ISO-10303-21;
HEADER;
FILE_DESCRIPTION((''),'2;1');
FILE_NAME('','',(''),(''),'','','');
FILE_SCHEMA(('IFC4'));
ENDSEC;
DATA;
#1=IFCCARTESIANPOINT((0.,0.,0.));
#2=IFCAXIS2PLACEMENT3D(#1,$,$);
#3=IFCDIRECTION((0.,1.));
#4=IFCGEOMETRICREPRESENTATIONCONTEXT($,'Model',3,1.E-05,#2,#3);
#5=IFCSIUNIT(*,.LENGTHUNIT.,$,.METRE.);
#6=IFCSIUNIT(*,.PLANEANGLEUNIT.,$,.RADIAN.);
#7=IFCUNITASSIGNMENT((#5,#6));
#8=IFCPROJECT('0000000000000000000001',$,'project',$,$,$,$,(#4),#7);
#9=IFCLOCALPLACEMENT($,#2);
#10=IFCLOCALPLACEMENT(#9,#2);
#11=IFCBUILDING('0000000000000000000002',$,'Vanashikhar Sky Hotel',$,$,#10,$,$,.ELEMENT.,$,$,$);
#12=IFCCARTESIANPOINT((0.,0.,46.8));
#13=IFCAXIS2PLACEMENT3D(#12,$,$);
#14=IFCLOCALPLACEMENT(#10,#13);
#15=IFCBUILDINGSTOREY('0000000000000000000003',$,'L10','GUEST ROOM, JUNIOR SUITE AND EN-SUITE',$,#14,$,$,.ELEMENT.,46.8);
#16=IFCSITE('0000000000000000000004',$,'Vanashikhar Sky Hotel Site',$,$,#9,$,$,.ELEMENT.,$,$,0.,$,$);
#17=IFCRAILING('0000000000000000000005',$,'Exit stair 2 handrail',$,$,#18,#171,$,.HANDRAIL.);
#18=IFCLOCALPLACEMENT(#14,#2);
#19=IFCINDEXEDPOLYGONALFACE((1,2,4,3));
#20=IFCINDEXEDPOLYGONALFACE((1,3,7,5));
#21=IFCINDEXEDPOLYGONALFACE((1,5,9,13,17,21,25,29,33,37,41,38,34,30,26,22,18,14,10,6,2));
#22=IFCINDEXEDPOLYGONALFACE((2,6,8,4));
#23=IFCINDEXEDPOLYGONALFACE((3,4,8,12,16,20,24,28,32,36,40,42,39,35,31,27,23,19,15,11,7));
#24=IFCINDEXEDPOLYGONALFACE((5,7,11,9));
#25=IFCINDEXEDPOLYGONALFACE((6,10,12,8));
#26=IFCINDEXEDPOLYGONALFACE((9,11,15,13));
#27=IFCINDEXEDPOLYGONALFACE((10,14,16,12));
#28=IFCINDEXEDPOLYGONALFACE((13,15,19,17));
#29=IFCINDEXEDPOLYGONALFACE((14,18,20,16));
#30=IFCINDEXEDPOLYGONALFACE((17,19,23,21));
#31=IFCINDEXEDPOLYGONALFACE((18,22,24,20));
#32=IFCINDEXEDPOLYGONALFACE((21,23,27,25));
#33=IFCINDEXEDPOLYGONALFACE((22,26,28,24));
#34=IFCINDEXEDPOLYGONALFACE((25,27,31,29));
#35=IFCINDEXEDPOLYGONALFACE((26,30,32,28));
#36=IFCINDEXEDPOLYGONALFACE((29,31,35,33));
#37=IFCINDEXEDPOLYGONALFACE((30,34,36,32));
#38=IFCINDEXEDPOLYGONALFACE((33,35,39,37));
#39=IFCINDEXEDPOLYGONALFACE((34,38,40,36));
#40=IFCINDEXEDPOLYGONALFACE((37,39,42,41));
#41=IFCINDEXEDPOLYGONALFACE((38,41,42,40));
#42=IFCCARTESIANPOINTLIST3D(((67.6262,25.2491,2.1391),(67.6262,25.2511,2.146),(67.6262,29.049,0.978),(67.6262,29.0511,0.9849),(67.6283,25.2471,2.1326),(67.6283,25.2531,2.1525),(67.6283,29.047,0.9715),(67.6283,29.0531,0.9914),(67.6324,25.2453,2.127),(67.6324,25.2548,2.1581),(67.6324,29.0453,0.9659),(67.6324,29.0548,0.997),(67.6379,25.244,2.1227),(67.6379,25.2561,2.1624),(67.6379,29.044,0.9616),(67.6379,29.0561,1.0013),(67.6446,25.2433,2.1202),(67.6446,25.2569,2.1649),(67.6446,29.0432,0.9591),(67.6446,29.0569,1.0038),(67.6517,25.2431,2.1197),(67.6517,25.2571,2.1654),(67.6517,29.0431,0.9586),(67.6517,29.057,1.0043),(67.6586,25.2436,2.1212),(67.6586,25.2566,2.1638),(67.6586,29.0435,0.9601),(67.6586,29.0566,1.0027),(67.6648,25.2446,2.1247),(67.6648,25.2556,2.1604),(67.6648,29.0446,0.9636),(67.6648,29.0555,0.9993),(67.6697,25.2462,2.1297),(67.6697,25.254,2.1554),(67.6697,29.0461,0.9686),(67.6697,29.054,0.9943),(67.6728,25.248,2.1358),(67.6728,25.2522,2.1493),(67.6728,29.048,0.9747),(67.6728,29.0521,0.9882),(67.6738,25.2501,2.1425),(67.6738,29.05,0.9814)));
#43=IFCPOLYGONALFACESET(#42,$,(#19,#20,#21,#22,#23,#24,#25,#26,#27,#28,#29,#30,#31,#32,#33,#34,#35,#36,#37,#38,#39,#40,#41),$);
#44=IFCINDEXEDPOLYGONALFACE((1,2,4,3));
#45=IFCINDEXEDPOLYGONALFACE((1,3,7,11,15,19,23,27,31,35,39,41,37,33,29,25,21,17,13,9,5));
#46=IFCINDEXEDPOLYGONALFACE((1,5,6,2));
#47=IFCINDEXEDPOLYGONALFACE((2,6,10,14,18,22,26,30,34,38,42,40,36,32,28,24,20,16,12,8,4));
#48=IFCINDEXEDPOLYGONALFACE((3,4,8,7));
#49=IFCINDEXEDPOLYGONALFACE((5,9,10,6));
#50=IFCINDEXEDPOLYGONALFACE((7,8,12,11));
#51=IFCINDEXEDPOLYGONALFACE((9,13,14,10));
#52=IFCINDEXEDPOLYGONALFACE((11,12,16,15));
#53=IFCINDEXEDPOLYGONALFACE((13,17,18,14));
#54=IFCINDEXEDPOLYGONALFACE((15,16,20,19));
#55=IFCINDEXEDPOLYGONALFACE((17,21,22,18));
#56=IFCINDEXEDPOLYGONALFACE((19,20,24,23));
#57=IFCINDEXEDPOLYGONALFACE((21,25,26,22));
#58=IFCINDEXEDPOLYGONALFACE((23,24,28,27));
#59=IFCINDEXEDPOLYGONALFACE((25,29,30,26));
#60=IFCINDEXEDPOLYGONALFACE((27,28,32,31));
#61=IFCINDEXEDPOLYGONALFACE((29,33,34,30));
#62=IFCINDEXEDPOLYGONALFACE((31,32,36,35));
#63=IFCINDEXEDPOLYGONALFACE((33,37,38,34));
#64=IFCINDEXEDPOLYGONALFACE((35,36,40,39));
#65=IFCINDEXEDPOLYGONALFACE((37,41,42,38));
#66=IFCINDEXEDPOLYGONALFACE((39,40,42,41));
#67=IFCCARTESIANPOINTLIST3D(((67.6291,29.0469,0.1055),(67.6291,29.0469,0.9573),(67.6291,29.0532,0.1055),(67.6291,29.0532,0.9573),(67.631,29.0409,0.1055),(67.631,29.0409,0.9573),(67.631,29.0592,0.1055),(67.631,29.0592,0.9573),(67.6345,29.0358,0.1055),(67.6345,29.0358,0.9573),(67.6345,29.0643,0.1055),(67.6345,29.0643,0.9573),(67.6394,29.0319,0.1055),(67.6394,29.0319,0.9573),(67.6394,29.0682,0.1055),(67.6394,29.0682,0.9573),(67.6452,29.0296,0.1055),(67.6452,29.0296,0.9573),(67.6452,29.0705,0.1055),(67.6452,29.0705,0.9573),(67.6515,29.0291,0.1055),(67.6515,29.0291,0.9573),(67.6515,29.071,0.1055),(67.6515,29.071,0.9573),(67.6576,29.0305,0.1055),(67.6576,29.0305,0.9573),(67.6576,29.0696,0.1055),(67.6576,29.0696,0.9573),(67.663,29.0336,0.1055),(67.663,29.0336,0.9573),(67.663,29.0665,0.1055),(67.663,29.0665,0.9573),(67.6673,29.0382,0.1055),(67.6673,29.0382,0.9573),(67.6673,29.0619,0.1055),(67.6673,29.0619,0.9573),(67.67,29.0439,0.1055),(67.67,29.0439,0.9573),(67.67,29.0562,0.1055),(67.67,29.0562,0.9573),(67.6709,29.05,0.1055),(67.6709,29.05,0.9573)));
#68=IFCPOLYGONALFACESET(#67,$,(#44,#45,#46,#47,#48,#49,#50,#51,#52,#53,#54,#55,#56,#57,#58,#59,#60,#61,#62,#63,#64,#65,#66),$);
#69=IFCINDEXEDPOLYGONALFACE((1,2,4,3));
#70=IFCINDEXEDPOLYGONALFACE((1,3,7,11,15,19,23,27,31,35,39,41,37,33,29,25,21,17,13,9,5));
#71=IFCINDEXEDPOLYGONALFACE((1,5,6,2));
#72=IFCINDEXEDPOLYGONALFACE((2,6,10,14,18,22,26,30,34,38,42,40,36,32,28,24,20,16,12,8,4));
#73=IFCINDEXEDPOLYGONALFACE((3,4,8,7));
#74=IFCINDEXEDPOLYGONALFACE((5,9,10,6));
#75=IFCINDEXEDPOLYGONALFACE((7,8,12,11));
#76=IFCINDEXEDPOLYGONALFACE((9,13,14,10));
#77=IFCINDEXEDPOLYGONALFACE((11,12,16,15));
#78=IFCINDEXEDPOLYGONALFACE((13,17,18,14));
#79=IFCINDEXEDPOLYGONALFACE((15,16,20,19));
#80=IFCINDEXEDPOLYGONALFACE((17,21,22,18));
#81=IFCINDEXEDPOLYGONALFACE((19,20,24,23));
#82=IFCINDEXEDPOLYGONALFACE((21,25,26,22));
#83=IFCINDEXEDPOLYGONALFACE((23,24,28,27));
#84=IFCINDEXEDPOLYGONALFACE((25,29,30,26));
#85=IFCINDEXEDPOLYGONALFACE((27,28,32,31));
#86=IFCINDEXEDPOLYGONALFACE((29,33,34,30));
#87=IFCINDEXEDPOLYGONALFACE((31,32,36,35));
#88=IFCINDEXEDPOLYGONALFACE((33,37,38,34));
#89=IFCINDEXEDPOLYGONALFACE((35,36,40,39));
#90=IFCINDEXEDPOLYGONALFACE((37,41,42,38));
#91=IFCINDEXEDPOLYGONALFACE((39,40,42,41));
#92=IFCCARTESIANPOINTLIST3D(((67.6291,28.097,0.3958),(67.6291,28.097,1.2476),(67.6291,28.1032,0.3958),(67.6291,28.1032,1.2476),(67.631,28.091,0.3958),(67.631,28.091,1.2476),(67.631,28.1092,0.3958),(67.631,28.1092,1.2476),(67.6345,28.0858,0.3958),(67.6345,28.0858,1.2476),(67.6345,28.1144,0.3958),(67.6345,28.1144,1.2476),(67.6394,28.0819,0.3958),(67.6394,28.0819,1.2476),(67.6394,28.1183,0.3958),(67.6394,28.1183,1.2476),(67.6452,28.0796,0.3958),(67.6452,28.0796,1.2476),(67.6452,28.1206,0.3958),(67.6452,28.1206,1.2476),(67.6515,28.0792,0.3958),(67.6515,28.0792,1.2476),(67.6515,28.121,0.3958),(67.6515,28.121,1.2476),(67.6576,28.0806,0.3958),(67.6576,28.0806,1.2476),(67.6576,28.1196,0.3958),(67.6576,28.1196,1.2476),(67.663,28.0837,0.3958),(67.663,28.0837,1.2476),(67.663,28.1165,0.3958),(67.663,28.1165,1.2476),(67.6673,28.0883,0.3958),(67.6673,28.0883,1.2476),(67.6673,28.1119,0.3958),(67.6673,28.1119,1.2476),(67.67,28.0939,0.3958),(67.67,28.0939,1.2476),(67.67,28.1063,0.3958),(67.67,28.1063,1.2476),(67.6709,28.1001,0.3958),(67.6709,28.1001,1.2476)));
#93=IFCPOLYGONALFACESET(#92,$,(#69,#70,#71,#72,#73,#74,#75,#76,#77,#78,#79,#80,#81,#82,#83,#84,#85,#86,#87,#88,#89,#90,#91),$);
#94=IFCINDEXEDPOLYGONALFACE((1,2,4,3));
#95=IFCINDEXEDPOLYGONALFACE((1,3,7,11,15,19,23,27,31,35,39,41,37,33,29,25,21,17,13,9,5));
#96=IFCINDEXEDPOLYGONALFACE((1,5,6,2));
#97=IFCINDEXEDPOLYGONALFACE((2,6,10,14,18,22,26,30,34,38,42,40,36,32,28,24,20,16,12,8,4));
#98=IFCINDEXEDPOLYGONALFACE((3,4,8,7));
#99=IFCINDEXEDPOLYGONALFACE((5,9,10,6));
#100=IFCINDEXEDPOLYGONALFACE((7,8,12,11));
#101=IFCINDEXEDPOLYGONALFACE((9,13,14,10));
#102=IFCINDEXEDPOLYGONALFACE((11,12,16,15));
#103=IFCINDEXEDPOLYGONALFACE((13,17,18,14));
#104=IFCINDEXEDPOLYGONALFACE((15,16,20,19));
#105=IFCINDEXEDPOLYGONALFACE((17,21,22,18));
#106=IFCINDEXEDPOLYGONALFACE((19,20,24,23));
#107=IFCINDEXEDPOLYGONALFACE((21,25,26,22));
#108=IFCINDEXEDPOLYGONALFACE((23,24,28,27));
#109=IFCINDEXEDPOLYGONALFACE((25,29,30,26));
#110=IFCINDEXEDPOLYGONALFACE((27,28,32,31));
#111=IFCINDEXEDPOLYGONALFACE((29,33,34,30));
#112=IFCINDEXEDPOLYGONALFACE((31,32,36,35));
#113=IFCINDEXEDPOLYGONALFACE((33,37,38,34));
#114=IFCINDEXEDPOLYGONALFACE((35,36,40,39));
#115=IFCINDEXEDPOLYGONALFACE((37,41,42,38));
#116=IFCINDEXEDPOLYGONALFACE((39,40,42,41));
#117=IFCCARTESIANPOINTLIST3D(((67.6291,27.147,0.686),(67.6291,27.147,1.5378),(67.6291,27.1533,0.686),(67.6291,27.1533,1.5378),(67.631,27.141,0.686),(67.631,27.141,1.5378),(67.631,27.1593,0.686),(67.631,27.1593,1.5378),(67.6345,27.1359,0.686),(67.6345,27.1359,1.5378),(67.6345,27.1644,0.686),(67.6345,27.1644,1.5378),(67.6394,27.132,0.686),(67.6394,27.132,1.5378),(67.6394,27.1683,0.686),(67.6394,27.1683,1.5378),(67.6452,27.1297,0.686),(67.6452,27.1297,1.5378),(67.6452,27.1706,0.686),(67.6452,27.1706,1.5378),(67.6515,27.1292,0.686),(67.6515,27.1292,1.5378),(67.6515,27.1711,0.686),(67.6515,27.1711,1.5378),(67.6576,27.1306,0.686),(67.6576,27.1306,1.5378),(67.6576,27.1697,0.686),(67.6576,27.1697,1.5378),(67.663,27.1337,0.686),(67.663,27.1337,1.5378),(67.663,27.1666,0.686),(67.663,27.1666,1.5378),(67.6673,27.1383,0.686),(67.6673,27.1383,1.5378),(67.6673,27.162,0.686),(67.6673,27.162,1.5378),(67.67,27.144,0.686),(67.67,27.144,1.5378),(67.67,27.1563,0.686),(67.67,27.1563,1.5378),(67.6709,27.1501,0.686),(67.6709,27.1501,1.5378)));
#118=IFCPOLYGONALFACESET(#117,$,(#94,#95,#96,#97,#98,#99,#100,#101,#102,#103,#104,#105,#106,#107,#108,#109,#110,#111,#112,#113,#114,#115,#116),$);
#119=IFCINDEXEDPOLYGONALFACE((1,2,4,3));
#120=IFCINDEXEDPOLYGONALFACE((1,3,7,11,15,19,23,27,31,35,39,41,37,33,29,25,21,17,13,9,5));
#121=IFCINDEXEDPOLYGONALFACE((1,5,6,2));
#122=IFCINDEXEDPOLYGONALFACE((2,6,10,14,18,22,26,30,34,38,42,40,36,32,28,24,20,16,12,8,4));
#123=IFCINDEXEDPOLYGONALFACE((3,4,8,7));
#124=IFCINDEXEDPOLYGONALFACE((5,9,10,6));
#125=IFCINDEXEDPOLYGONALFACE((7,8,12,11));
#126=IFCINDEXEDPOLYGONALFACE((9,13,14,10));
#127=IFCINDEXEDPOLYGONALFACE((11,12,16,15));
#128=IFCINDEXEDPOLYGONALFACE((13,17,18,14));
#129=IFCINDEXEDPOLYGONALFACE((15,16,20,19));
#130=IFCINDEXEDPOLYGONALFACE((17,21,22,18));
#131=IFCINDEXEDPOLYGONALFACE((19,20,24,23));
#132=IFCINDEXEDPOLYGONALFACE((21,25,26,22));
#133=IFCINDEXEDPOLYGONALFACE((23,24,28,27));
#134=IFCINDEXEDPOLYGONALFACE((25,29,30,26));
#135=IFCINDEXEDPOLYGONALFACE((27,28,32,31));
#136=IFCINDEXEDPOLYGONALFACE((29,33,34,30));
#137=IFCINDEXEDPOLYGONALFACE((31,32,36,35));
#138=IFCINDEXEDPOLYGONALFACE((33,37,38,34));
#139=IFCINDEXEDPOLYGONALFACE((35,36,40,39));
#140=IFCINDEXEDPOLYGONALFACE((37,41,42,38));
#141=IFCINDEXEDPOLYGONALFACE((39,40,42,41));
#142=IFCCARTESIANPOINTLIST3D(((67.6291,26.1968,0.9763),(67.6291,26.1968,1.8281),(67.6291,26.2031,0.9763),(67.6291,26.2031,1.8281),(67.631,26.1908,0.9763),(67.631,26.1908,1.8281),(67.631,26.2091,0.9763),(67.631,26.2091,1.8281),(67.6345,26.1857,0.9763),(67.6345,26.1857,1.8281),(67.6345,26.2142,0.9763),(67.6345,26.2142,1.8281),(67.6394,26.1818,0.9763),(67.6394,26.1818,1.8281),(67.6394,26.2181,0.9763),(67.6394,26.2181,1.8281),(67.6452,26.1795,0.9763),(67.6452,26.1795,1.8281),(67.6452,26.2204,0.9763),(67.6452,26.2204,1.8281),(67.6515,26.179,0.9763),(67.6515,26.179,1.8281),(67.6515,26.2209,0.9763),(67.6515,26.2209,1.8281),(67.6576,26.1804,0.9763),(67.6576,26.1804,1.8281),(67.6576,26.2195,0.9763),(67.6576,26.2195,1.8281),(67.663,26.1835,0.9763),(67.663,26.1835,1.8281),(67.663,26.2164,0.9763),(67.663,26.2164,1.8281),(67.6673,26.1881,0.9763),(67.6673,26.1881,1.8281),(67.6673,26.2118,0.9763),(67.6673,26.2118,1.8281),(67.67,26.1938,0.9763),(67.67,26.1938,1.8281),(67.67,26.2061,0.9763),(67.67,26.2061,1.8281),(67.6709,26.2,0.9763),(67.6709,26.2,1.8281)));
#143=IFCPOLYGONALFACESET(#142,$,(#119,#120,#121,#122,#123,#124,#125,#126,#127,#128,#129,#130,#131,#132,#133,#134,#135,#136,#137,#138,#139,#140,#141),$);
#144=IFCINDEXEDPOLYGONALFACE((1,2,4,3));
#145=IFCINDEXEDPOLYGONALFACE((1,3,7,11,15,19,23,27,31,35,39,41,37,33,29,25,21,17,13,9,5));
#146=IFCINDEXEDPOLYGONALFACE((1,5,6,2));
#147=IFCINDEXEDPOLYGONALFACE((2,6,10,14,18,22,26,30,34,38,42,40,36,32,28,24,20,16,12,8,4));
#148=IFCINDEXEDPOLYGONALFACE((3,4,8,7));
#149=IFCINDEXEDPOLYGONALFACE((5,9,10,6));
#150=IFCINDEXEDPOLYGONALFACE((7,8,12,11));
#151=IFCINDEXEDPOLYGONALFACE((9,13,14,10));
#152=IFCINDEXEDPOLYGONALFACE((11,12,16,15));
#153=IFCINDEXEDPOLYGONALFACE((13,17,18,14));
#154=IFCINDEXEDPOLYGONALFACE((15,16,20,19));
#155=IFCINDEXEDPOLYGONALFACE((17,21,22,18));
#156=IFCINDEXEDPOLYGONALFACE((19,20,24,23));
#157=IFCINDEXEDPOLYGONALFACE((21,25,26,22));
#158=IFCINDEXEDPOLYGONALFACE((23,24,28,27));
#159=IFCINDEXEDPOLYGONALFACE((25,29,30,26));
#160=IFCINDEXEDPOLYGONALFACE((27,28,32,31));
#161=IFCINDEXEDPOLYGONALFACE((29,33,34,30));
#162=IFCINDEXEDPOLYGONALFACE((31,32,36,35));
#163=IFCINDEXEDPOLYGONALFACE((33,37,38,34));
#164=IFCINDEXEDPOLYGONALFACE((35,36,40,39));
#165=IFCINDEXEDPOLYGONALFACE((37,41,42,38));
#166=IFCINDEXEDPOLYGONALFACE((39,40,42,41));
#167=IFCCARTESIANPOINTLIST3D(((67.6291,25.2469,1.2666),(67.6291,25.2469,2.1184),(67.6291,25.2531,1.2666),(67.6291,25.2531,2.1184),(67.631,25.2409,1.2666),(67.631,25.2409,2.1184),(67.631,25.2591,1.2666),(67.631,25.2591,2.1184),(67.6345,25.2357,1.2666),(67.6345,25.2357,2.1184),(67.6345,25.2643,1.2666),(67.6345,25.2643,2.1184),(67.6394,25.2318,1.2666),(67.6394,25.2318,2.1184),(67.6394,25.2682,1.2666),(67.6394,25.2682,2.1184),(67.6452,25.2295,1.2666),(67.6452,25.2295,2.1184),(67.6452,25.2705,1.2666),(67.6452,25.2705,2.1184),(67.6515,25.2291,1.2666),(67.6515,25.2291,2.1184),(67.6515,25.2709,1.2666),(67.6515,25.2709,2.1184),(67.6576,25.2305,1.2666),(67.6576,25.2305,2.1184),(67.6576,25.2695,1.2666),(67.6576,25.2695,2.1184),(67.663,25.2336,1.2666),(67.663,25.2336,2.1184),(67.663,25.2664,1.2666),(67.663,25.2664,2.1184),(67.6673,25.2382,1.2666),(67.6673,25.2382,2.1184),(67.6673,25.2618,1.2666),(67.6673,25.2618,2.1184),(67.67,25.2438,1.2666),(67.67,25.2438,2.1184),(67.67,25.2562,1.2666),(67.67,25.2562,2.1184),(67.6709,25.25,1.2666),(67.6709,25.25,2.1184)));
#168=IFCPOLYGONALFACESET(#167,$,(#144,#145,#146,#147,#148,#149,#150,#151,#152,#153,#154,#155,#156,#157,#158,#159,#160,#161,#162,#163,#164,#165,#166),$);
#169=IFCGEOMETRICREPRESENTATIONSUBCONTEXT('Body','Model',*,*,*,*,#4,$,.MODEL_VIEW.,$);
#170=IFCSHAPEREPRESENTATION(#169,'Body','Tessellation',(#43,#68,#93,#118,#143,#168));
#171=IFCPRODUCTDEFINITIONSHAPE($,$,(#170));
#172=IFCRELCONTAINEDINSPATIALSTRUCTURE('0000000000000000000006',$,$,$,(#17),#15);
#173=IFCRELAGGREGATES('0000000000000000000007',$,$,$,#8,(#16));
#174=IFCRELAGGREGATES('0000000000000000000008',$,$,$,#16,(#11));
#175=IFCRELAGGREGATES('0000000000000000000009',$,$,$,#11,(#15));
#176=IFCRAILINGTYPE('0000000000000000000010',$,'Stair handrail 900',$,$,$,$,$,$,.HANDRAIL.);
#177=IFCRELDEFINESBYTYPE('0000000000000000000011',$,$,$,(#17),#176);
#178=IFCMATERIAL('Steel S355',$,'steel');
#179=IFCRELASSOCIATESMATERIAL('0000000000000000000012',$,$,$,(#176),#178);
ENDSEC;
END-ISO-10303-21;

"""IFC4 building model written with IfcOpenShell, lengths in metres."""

from ifc_helpers import new_model, si_unit, direction, frame, origin, origin_2d, place, context, subcontext, project, spatial, circle, extrude, source, transform, mapped, material, type_object, element, save


model = new_model("IFC4")

# Units and contexts
model_context = context("Model", 3, precision=1e-05, world=origin(), true_north=direction((0.0, 1.0)))
body_context = subcontext(model_context, "Body", "Model", "MODEL_VIEW")
ifc_project = project(units=[si_unit("LENGTHUNIT", "METRE"), si_unit("PLANEANGLEUNIT", "RADIAN")], contexts=[model_context])

# Site, building, storey
site_placement = place(None, origin())
site = spatial("IfcSite", under=ifc_project, at=site_placement, Name="Vanashikhar Sky Hotel Site", CompositionType="ELEMENT", RefElevation=0.0)
building_placement = place(site_placement, origin())
building = spatial("IfcBuilding", under=site, at=building_placement, Name="Vanashikhar Sky Hotel", CompositionType="ELEMENT")
storey_placement = place(building_placement, frame((0.0, 0.0, 46.8)))
storey = spatial("IfcBuildingStorey", under=building, at=storey_placement, Name="L10", Description="GUEST ROOM, JUNIOR SUITE AND EN-SUITE", CompositionType="ELEMENT", Elevation=46.8)

# Railing
ifc_material_1 = material(Name="Steel S355", Category="steel")
railing_type_1 = type_object("IfcRailingType", Name="Stair handrail 900", PredefinedType="HANDRAIL", material=ifc_material_1)
shared_shape_1 = source(origin(), body_context, "Body", "SweptSolid", [
    extrude(circle(Radius=0.0239, at=origin_2d()), frame((0.0, 0.0, 0.876), z_axis=(0.0, -0.956351, 0.29222), x_axis=(1.0, 0.0, 0.0)), (0.0, 0.0, 1.0), 3.9734),
    extrude(circle(Radius=0.021, at=origin_2d()), origin(), (0.0, 0.0, 1.0), 0.8518),
    extrude(circle(Radius=0.021, at=origin_2d()), frame((0.0, -0.95, 0.2903)), (0.0, 0.0, 1.0), 0.8518),
    extrude(circle(Radius=0.021, at=origin_2d()), frame((0.0, -1.8999, 0.5806)), (0.0, 0.0, 1.0), 0.8518),
    extrude(circle(Radius=0.021, at=origin_2d()), frame((0.0, -2.8501, 0.8708)), (0.0, 0.0, 1.0), 0.8518),
    extrude(circle(Radius=0.021, at=origin_2d()), frame((0.0, -3.8, 1.1611)), (0.0, 0.0, 1.0), 0.8518),
])
for number, where, name in (
    (1, (67.6499, 29.05, 0.1055), "Exit stair 2 handrail"),
):
    element("IfcRailing", number, at=place(storey_placement, frame(where)), inside=storey, type_object=railing_type_1, Name=name, PredefinedType="HANDRAIL", context=body_context, shape_type="MappedRepresentation", body=[
        mapped(shared_shape_1, transform((0.0, 0.0, 0.0), scale=1.0)),
    ])

save(model, "model.ifc")
